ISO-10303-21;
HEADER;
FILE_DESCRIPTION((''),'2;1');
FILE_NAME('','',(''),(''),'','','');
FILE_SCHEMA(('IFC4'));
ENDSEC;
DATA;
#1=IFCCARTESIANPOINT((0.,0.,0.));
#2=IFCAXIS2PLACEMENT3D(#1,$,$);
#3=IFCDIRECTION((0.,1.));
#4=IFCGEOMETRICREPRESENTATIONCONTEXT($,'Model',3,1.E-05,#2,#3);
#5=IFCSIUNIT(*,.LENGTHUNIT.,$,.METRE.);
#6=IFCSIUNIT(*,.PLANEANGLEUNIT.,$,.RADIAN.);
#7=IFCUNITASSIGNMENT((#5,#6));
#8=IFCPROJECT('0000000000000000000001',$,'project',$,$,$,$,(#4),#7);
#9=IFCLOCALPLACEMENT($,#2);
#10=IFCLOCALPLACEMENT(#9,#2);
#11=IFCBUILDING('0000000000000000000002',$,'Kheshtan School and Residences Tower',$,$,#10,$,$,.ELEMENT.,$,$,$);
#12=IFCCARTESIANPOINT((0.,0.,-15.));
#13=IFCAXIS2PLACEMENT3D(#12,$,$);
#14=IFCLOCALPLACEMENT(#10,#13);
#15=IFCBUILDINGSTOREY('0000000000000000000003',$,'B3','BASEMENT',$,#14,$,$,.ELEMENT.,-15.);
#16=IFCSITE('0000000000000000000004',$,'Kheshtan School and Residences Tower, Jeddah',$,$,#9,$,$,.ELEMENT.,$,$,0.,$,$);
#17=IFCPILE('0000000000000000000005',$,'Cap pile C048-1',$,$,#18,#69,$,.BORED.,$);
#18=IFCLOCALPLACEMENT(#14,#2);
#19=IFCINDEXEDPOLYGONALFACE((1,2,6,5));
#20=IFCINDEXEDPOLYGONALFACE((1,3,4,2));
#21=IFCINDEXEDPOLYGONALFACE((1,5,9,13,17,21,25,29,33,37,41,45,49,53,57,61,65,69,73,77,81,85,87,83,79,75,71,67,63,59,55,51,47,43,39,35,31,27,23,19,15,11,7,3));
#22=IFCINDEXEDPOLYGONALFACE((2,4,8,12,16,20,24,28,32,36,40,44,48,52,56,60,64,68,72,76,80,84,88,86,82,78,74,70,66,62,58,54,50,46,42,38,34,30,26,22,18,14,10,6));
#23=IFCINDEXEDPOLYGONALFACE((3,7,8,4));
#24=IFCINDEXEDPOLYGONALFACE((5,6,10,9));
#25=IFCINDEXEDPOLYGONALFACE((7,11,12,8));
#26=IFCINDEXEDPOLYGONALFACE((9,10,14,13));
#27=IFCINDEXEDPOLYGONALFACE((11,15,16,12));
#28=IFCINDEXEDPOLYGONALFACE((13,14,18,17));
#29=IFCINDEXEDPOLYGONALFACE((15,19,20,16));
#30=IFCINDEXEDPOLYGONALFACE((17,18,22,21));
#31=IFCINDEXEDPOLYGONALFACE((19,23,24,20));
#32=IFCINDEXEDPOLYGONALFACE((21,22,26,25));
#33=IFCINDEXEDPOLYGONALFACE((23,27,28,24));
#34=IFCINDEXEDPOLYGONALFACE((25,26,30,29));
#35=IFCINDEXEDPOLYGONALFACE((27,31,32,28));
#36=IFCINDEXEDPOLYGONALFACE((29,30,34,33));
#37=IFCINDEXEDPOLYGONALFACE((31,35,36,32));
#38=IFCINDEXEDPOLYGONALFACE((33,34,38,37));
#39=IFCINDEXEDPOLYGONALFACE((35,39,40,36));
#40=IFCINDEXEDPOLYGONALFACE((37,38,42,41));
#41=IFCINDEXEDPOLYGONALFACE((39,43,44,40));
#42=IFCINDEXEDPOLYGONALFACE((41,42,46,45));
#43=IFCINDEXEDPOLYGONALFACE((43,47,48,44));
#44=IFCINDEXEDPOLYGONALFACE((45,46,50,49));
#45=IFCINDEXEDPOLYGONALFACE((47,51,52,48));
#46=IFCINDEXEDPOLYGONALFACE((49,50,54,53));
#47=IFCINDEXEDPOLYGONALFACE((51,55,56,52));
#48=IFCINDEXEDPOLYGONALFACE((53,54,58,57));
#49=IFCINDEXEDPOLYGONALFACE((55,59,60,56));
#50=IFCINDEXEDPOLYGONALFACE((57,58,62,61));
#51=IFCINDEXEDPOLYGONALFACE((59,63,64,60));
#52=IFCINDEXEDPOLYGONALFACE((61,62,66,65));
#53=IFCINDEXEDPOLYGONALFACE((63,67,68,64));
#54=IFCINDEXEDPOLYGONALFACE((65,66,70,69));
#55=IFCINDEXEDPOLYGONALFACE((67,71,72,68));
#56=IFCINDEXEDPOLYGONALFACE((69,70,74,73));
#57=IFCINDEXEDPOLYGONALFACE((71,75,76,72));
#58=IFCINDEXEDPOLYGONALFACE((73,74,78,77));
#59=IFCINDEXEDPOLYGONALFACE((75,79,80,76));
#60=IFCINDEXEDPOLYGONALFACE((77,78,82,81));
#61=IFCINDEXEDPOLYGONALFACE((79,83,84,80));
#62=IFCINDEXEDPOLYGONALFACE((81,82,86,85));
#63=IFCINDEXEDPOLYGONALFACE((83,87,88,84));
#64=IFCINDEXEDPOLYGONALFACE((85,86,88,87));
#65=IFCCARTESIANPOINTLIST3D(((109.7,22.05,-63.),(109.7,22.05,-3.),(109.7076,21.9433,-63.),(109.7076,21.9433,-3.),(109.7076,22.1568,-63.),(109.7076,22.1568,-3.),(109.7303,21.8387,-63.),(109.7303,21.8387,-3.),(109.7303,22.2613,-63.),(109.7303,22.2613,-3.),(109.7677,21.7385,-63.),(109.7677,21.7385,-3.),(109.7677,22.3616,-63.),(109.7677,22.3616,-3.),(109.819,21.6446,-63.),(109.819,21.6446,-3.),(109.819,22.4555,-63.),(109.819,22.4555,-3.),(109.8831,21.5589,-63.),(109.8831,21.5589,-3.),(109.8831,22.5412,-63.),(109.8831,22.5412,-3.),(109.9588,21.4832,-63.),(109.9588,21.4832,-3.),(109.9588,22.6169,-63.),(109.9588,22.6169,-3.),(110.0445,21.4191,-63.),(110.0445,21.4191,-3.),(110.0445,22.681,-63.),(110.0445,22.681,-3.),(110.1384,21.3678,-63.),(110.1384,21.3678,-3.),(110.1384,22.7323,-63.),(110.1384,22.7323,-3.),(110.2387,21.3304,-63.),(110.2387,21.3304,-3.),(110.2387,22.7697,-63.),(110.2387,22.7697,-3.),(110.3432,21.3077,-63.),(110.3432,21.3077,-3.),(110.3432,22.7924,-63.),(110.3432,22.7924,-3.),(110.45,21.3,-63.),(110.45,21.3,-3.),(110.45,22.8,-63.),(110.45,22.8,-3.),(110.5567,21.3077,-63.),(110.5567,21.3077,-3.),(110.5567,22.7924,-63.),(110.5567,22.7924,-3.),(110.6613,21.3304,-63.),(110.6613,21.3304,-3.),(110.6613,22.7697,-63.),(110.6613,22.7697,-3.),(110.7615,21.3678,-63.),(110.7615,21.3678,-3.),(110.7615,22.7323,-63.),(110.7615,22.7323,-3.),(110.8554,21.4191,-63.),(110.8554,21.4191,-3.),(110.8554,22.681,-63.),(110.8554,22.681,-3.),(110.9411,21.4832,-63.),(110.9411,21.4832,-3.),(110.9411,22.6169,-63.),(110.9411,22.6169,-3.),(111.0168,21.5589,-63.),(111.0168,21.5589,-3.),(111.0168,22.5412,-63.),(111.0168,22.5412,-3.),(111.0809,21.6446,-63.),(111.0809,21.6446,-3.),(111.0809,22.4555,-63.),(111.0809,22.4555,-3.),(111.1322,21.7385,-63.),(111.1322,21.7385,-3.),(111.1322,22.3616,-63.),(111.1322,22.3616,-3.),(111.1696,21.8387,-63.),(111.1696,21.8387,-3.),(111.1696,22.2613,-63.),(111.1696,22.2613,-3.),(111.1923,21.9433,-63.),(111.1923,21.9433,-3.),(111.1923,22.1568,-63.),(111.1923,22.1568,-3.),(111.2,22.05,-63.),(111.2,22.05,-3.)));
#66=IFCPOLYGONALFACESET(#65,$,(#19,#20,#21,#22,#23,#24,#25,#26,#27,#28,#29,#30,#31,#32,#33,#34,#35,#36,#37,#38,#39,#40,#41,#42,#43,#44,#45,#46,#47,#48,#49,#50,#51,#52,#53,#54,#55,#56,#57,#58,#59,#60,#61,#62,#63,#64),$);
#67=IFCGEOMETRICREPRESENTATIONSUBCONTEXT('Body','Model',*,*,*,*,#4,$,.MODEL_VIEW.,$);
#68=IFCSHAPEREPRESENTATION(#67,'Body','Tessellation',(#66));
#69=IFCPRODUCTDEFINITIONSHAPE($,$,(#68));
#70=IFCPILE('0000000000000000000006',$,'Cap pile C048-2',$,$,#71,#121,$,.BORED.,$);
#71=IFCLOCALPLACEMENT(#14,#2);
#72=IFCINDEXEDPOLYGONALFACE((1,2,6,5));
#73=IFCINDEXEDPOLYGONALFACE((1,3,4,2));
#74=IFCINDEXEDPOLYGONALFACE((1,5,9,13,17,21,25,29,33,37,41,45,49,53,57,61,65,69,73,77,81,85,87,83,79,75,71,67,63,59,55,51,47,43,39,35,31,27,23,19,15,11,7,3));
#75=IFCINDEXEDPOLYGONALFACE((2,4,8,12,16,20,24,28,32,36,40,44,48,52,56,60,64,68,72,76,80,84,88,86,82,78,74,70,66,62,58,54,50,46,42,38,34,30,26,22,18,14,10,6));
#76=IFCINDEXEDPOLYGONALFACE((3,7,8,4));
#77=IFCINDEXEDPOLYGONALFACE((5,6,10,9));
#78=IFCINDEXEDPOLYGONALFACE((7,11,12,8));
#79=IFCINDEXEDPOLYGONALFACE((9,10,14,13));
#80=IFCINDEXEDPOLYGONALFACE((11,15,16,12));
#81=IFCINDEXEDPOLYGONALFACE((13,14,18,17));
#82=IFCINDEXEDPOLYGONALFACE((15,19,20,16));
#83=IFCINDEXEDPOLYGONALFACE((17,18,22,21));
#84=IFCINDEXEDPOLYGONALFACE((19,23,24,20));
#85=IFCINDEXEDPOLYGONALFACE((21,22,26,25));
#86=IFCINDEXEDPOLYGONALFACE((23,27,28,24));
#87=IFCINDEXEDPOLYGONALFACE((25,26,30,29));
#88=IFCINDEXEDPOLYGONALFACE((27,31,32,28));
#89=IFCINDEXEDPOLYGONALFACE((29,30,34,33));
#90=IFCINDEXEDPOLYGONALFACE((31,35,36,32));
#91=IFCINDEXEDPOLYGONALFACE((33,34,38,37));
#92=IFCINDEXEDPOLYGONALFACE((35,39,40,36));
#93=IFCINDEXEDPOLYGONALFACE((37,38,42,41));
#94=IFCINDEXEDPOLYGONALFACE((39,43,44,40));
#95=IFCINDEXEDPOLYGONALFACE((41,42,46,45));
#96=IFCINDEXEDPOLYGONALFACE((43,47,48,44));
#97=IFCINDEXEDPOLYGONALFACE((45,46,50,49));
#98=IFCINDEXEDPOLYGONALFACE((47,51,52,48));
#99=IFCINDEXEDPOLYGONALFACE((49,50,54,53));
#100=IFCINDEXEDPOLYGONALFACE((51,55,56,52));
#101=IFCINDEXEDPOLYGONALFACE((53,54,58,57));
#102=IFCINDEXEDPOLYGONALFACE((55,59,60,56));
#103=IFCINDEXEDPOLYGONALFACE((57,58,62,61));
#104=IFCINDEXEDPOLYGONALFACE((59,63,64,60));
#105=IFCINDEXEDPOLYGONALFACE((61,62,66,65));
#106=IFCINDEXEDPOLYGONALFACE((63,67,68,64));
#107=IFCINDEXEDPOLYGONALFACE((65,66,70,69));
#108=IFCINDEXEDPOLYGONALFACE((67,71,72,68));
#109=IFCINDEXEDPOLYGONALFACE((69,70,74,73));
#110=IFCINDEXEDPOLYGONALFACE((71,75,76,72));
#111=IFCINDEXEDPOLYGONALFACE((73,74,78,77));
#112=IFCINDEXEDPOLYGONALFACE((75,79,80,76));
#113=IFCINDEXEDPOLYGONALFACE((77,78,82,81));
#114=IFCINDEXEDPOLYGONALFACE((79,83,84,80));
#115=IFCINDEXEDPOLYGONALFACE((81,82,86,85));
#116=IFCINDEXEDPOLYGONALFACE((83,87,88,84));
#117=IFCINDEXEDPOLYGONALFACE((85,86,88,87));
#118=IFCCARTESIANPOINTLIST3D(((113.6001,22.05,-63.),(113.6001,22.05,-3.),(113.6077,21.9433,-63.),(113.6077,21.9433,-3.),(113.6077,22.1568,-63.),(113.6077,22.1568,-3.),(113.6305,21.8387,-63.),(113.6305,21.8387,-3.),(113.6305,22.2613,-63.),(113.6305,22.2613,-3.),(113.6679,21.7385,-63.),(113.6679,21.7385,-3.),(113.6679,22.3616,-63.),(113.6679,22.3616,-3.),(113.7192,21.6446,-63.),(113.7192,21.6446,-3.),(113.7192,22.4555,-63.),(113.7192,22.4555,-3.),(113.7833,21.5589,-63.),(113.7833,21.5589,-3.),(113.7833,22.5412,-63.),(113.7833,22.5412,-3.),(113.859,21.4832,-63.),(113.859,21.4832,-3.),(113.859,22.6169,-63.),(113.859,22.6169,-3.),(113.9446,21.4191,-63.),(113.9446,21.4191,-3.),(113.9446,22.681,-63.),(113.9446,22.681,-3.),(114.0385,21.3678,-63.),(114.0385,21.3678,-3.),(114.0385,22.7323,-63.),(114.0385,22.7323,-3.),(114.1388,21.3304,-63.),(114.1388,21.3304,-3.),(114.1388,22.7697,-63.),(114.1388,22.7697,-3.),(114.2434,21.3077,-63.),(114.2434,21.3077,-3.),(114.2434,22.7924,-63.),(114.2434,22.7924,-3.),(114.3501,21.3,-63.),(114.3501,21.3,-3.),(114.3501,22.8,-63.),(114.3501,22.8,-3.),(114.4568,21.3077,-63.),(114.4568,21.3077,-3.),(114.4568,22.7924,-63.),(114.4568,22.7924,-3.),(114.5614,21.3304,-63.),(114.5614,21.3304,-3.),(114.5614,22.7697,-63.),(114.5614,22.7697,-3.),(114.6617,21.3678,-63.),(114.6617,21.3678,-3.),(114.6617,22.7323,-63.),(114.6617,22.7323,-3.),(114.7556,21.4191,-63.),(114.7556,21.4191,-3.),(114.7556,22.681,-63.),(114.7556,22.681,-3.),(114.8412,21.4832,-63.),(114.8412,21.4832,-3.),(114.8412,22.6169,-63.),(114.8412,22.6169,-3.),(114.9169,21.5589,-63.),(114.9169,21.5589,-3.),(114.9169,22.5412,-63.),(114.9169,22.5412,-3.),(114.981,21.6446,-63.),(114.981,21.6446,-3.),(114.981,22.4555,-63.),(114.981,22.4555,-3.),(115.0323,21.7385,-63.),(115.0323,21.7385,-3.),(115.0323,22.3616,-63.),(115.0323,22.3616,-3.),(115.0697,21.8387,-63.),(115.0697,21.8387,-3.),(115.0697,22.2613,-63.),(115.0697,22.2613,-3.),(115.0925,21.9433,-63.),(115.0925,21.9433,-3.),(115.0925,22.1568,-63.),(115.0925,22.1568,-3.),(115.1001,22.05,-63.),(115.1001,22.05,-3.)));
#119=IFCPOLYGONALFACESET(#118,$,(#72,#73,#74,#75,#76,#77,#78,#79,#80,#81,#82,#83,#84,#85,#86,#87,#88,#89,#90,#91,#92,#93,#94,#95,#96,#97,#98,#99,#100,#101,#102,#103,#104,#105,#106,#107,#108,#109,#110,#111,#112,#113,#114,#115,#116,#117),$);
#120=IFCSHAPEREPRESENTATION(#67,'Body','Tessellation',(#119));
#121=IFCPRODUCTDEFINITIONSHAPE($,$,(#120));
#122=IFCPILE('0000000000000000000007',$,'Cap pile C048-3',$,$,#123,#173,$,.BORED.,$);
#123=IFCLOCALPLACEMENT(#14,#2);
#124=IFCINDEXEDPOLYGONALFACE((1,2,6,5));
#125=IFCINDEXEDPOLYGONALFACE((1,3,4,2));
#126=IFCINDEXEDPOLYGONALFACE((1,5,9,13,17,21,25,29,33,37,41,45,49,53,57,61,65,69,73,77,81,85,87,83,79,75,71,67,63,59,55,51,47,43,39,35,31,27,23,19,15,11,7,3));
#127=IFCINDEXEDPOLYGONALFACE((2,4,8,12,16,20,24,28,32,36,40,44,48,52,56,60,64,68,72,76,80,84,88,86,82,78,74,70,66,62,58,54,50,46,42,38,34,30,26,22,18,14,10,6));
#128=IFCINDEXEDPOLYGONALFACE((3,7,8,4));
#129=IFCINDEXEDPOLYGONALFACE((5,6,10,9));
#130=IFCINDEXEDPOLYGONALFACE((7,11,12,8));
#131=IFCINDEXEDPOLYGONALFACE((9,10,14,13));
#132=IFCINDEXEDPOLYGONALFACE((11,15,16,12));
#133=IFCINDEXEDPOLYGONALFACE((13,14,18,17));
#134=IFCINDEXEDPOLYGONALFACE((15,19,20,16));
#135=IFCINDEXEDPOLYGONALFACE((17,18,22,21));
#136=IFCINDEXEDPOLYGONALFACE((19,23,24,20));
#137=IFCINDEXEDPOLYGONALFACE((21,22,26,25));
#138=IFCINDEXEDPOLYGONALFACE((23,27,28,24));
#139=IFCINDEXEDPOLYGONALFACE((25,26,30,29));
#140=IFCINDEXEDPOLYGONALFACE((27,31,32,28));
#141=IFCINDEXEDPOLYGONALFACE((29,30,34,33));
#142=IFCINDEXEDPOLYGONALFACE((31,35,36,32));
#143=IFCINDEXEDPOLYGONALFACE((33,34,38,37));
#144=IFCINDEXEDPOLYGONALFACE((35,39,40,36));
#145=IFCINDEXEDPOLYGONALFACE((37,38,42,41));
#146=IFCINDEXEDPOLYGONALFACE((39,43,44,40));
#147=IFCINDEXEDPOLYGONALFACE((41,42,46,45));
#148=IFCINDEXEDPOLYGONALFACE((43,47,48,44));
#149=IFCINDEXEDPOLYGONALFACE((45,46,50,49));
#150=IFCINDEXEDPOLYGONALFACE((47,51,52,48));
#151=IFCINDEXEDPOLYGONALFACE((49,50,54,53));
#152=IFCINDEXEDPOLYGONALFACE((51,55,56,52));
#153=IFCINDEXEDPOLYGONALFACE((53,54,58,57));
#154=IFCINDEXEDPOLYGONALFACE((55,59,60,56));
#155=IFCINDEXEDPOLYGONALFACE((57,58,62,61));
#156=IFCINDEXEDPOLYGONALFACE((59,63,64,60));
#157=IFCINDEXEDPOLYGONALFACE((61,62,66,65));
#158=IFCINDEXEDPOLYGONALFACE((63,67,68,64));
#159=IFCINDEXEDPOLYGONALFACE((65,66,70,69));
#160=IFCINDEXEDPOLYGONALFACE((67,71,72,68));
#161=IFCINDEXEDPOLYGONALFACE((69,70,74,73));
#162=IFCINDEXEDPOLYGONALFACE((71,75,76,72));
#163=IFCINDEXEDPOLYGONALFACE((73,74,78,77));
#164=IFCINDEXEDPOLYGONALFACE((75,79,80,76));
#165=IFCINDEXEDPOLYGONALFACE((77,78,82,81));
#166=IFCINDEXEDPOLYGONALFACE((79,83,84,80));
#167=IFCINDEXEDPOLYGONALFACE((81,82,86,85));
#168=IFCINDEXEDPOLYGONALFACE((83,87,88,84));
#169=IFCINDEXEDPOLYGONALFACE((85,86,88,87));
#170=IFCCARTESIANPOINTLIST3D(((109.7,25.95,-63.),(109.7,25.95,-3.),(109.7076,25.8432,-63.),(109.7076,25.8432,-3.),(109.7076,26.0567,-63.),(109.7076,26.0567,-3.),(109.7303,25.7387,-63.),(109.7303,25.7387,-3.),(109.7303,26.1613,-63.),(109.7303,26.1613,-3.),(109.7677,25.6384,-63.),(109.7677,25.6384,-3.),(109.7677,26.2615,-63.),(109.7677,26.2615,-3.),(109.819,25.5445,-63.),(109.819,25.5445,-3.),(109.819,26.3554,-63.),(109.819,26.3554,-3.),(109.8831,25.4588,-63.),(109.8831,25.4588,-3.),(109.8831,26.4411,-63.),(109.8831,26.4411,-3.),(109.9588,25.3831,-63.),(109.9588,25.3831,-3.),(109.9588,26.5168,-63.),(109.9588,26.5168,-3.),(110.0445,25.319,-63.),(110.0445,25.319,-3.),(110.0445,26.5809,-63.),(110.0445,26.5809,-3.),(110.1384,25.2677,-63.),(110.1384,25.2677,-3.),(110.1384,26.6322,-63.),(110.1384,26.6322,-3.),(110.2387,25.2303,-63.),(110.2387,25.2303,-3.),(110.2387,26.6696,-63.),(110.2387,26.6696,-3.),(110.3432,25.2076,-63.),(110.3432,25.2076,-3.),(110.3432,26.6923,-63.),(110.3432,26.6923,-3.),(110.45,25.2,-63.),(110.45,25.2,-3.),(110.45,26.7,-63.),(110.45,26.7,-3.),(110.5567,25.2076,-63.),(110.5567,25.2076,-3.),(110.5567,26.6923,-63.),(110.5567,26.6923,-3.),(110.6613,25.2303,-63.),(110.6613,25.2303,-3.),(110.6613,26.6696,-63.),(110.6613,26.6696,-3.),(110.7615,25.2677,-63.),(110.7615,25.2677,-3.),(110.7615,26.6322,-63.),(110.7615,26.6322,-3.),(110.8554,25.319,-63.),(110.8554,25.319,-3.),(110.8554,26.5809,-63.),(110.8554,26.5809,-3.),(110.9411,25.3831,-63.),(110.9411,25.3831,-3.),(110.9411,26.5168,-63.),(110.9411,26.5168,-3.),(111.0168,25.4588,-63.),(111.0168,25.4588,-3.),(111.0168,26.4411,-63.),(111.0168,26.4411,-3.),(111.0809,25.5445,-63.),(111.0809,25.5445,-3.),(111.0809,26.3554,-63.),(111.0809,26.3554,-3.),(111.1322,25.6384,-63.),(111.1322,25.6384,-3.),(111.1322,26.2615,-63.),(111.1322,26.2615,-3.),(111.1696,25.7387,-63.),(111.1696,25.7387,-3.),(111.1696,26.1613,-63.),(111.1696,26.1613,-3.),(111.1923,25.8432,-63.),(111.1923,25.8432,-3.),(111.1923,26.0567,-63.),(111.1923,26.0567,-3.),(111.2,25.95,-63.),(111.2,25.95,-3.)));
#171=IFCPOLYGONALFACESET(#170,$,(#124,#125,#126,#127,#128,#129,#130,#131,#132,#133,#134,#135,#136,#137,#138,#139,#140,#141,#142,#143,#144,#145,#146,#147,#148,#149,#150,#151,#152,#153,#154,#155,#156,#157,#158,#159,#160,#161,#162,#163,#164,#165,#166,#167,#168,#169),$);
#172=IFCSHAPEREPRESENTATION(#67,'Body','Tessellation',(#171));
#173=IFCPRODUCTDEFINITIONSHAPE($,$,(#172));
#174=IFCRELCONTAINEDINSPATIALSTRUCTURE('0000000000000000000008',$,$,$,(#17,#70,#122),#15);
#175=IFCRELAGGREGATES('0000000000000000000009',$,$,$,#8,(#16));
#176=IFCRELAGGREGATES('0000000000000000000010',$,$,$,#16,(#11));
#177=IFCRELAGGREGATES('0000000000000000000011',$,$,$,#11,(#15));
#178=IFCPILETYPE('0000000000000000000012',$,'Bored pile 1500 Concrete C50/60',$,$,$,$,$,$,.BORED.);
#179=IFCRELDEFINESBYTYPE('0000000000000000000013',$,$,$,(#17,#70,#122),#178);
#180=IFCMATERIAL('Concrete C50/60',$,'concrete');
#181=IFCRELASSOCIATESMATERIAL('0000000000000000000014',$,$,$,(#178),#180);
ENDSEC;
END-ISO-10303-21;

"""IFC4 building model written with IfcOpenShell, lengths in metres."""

from ifc_helpers import new_model, si_unit, direction, frame, origin, origin_2d, place, context, subcontext, project, spatial, circle, extrude, material, material_profile, profile_set, type_object, element, save


model = new_model("IFC4")

# Units and contexts
model_context = context("Model", 3, precision=1e-05, world=origin(), true_north=direction((0.0, 1.0)))
body_context = subcontext(model_context, "Body", "Model", "MODEL_VIEW")
ifc_project = project(units=[si_unit("LENGTHUNIT", "METRE"), si_unit("PLANEANGLEUNIT", "RADIAN")], contexts=[model_context])

# Site, building, storey
site_placement = place(None, origin())
site = spatial("IfcSite", under=ifc_project, at=site_placement, Name="Kheshtan School and Residences Tower, Jeddah", CompositionType="ELEMENT", RefElevation=0.0)
building_placement = place(site_placement, origin())
building = spatial("IfcBuilding", under=site, at=building_placement, Name="Kheshtan School and Residences Tower", CompositionType="ELEMENT")
storey_placement = place(building_placement, frame((0.0, 0.0, -15.0)))
storey = spatial("IfcBuildingStorey", under=building, at=storey_placement, Name="B3", Description="BASEMENT", CompositionType="ELEMENT", Elevation=-15.0)

# Piles
ifc_material_1 = material(Name="Concrete C50/60", Category="concrete")
ifc_material_profile_1 = material_profile(ifc_material_1, circle(Radius=0.75, at=origin_2d()), Name="BP 1500")
ifc_profile_set_1 = profile_set([ifc_material_profile_1], Name="Concrete C50/60")
pile_type_1 = type_object("IfcPileType", Name="Bored pile 1500 Concrete C50/60", PredefinedType="BORED", material=ifc_profile_set_1)
for number, where, z_axis, x_axis, name in (
    (1, (110.45, 22.05, -3.0), (0.0, 0.0, -1.0), (1.0, 0.0, 0.0), "Cap pile C048-1"),
    (2, (114.3501, 22.05, -3.0), (0.0, 0.0, -1.0), (1.0, 0.0, 0.0), "Cap pile C048-2"),
    (3, (110.45, 25.95, -3.0), (0.0, 0.0, -1.0), (1.0, 0.0, 0.0), "Cap pile C048-3"),
):
    element("IfcPile", number, at=place(storey_placement, frame(where, z_axis=z_axis, x_axis=x_axis)), inside=storey, type_object=pile_type_1, Name=name, PredefinedType="BORED", context=body_context, shape_type="SweptSolid", body=[
        extrude(circle(Radius=0.75, at=origin_2d()), origin(), (0.0, 0.0, 1.0), 60.0),
    ])

save(model, "model.ifc")
